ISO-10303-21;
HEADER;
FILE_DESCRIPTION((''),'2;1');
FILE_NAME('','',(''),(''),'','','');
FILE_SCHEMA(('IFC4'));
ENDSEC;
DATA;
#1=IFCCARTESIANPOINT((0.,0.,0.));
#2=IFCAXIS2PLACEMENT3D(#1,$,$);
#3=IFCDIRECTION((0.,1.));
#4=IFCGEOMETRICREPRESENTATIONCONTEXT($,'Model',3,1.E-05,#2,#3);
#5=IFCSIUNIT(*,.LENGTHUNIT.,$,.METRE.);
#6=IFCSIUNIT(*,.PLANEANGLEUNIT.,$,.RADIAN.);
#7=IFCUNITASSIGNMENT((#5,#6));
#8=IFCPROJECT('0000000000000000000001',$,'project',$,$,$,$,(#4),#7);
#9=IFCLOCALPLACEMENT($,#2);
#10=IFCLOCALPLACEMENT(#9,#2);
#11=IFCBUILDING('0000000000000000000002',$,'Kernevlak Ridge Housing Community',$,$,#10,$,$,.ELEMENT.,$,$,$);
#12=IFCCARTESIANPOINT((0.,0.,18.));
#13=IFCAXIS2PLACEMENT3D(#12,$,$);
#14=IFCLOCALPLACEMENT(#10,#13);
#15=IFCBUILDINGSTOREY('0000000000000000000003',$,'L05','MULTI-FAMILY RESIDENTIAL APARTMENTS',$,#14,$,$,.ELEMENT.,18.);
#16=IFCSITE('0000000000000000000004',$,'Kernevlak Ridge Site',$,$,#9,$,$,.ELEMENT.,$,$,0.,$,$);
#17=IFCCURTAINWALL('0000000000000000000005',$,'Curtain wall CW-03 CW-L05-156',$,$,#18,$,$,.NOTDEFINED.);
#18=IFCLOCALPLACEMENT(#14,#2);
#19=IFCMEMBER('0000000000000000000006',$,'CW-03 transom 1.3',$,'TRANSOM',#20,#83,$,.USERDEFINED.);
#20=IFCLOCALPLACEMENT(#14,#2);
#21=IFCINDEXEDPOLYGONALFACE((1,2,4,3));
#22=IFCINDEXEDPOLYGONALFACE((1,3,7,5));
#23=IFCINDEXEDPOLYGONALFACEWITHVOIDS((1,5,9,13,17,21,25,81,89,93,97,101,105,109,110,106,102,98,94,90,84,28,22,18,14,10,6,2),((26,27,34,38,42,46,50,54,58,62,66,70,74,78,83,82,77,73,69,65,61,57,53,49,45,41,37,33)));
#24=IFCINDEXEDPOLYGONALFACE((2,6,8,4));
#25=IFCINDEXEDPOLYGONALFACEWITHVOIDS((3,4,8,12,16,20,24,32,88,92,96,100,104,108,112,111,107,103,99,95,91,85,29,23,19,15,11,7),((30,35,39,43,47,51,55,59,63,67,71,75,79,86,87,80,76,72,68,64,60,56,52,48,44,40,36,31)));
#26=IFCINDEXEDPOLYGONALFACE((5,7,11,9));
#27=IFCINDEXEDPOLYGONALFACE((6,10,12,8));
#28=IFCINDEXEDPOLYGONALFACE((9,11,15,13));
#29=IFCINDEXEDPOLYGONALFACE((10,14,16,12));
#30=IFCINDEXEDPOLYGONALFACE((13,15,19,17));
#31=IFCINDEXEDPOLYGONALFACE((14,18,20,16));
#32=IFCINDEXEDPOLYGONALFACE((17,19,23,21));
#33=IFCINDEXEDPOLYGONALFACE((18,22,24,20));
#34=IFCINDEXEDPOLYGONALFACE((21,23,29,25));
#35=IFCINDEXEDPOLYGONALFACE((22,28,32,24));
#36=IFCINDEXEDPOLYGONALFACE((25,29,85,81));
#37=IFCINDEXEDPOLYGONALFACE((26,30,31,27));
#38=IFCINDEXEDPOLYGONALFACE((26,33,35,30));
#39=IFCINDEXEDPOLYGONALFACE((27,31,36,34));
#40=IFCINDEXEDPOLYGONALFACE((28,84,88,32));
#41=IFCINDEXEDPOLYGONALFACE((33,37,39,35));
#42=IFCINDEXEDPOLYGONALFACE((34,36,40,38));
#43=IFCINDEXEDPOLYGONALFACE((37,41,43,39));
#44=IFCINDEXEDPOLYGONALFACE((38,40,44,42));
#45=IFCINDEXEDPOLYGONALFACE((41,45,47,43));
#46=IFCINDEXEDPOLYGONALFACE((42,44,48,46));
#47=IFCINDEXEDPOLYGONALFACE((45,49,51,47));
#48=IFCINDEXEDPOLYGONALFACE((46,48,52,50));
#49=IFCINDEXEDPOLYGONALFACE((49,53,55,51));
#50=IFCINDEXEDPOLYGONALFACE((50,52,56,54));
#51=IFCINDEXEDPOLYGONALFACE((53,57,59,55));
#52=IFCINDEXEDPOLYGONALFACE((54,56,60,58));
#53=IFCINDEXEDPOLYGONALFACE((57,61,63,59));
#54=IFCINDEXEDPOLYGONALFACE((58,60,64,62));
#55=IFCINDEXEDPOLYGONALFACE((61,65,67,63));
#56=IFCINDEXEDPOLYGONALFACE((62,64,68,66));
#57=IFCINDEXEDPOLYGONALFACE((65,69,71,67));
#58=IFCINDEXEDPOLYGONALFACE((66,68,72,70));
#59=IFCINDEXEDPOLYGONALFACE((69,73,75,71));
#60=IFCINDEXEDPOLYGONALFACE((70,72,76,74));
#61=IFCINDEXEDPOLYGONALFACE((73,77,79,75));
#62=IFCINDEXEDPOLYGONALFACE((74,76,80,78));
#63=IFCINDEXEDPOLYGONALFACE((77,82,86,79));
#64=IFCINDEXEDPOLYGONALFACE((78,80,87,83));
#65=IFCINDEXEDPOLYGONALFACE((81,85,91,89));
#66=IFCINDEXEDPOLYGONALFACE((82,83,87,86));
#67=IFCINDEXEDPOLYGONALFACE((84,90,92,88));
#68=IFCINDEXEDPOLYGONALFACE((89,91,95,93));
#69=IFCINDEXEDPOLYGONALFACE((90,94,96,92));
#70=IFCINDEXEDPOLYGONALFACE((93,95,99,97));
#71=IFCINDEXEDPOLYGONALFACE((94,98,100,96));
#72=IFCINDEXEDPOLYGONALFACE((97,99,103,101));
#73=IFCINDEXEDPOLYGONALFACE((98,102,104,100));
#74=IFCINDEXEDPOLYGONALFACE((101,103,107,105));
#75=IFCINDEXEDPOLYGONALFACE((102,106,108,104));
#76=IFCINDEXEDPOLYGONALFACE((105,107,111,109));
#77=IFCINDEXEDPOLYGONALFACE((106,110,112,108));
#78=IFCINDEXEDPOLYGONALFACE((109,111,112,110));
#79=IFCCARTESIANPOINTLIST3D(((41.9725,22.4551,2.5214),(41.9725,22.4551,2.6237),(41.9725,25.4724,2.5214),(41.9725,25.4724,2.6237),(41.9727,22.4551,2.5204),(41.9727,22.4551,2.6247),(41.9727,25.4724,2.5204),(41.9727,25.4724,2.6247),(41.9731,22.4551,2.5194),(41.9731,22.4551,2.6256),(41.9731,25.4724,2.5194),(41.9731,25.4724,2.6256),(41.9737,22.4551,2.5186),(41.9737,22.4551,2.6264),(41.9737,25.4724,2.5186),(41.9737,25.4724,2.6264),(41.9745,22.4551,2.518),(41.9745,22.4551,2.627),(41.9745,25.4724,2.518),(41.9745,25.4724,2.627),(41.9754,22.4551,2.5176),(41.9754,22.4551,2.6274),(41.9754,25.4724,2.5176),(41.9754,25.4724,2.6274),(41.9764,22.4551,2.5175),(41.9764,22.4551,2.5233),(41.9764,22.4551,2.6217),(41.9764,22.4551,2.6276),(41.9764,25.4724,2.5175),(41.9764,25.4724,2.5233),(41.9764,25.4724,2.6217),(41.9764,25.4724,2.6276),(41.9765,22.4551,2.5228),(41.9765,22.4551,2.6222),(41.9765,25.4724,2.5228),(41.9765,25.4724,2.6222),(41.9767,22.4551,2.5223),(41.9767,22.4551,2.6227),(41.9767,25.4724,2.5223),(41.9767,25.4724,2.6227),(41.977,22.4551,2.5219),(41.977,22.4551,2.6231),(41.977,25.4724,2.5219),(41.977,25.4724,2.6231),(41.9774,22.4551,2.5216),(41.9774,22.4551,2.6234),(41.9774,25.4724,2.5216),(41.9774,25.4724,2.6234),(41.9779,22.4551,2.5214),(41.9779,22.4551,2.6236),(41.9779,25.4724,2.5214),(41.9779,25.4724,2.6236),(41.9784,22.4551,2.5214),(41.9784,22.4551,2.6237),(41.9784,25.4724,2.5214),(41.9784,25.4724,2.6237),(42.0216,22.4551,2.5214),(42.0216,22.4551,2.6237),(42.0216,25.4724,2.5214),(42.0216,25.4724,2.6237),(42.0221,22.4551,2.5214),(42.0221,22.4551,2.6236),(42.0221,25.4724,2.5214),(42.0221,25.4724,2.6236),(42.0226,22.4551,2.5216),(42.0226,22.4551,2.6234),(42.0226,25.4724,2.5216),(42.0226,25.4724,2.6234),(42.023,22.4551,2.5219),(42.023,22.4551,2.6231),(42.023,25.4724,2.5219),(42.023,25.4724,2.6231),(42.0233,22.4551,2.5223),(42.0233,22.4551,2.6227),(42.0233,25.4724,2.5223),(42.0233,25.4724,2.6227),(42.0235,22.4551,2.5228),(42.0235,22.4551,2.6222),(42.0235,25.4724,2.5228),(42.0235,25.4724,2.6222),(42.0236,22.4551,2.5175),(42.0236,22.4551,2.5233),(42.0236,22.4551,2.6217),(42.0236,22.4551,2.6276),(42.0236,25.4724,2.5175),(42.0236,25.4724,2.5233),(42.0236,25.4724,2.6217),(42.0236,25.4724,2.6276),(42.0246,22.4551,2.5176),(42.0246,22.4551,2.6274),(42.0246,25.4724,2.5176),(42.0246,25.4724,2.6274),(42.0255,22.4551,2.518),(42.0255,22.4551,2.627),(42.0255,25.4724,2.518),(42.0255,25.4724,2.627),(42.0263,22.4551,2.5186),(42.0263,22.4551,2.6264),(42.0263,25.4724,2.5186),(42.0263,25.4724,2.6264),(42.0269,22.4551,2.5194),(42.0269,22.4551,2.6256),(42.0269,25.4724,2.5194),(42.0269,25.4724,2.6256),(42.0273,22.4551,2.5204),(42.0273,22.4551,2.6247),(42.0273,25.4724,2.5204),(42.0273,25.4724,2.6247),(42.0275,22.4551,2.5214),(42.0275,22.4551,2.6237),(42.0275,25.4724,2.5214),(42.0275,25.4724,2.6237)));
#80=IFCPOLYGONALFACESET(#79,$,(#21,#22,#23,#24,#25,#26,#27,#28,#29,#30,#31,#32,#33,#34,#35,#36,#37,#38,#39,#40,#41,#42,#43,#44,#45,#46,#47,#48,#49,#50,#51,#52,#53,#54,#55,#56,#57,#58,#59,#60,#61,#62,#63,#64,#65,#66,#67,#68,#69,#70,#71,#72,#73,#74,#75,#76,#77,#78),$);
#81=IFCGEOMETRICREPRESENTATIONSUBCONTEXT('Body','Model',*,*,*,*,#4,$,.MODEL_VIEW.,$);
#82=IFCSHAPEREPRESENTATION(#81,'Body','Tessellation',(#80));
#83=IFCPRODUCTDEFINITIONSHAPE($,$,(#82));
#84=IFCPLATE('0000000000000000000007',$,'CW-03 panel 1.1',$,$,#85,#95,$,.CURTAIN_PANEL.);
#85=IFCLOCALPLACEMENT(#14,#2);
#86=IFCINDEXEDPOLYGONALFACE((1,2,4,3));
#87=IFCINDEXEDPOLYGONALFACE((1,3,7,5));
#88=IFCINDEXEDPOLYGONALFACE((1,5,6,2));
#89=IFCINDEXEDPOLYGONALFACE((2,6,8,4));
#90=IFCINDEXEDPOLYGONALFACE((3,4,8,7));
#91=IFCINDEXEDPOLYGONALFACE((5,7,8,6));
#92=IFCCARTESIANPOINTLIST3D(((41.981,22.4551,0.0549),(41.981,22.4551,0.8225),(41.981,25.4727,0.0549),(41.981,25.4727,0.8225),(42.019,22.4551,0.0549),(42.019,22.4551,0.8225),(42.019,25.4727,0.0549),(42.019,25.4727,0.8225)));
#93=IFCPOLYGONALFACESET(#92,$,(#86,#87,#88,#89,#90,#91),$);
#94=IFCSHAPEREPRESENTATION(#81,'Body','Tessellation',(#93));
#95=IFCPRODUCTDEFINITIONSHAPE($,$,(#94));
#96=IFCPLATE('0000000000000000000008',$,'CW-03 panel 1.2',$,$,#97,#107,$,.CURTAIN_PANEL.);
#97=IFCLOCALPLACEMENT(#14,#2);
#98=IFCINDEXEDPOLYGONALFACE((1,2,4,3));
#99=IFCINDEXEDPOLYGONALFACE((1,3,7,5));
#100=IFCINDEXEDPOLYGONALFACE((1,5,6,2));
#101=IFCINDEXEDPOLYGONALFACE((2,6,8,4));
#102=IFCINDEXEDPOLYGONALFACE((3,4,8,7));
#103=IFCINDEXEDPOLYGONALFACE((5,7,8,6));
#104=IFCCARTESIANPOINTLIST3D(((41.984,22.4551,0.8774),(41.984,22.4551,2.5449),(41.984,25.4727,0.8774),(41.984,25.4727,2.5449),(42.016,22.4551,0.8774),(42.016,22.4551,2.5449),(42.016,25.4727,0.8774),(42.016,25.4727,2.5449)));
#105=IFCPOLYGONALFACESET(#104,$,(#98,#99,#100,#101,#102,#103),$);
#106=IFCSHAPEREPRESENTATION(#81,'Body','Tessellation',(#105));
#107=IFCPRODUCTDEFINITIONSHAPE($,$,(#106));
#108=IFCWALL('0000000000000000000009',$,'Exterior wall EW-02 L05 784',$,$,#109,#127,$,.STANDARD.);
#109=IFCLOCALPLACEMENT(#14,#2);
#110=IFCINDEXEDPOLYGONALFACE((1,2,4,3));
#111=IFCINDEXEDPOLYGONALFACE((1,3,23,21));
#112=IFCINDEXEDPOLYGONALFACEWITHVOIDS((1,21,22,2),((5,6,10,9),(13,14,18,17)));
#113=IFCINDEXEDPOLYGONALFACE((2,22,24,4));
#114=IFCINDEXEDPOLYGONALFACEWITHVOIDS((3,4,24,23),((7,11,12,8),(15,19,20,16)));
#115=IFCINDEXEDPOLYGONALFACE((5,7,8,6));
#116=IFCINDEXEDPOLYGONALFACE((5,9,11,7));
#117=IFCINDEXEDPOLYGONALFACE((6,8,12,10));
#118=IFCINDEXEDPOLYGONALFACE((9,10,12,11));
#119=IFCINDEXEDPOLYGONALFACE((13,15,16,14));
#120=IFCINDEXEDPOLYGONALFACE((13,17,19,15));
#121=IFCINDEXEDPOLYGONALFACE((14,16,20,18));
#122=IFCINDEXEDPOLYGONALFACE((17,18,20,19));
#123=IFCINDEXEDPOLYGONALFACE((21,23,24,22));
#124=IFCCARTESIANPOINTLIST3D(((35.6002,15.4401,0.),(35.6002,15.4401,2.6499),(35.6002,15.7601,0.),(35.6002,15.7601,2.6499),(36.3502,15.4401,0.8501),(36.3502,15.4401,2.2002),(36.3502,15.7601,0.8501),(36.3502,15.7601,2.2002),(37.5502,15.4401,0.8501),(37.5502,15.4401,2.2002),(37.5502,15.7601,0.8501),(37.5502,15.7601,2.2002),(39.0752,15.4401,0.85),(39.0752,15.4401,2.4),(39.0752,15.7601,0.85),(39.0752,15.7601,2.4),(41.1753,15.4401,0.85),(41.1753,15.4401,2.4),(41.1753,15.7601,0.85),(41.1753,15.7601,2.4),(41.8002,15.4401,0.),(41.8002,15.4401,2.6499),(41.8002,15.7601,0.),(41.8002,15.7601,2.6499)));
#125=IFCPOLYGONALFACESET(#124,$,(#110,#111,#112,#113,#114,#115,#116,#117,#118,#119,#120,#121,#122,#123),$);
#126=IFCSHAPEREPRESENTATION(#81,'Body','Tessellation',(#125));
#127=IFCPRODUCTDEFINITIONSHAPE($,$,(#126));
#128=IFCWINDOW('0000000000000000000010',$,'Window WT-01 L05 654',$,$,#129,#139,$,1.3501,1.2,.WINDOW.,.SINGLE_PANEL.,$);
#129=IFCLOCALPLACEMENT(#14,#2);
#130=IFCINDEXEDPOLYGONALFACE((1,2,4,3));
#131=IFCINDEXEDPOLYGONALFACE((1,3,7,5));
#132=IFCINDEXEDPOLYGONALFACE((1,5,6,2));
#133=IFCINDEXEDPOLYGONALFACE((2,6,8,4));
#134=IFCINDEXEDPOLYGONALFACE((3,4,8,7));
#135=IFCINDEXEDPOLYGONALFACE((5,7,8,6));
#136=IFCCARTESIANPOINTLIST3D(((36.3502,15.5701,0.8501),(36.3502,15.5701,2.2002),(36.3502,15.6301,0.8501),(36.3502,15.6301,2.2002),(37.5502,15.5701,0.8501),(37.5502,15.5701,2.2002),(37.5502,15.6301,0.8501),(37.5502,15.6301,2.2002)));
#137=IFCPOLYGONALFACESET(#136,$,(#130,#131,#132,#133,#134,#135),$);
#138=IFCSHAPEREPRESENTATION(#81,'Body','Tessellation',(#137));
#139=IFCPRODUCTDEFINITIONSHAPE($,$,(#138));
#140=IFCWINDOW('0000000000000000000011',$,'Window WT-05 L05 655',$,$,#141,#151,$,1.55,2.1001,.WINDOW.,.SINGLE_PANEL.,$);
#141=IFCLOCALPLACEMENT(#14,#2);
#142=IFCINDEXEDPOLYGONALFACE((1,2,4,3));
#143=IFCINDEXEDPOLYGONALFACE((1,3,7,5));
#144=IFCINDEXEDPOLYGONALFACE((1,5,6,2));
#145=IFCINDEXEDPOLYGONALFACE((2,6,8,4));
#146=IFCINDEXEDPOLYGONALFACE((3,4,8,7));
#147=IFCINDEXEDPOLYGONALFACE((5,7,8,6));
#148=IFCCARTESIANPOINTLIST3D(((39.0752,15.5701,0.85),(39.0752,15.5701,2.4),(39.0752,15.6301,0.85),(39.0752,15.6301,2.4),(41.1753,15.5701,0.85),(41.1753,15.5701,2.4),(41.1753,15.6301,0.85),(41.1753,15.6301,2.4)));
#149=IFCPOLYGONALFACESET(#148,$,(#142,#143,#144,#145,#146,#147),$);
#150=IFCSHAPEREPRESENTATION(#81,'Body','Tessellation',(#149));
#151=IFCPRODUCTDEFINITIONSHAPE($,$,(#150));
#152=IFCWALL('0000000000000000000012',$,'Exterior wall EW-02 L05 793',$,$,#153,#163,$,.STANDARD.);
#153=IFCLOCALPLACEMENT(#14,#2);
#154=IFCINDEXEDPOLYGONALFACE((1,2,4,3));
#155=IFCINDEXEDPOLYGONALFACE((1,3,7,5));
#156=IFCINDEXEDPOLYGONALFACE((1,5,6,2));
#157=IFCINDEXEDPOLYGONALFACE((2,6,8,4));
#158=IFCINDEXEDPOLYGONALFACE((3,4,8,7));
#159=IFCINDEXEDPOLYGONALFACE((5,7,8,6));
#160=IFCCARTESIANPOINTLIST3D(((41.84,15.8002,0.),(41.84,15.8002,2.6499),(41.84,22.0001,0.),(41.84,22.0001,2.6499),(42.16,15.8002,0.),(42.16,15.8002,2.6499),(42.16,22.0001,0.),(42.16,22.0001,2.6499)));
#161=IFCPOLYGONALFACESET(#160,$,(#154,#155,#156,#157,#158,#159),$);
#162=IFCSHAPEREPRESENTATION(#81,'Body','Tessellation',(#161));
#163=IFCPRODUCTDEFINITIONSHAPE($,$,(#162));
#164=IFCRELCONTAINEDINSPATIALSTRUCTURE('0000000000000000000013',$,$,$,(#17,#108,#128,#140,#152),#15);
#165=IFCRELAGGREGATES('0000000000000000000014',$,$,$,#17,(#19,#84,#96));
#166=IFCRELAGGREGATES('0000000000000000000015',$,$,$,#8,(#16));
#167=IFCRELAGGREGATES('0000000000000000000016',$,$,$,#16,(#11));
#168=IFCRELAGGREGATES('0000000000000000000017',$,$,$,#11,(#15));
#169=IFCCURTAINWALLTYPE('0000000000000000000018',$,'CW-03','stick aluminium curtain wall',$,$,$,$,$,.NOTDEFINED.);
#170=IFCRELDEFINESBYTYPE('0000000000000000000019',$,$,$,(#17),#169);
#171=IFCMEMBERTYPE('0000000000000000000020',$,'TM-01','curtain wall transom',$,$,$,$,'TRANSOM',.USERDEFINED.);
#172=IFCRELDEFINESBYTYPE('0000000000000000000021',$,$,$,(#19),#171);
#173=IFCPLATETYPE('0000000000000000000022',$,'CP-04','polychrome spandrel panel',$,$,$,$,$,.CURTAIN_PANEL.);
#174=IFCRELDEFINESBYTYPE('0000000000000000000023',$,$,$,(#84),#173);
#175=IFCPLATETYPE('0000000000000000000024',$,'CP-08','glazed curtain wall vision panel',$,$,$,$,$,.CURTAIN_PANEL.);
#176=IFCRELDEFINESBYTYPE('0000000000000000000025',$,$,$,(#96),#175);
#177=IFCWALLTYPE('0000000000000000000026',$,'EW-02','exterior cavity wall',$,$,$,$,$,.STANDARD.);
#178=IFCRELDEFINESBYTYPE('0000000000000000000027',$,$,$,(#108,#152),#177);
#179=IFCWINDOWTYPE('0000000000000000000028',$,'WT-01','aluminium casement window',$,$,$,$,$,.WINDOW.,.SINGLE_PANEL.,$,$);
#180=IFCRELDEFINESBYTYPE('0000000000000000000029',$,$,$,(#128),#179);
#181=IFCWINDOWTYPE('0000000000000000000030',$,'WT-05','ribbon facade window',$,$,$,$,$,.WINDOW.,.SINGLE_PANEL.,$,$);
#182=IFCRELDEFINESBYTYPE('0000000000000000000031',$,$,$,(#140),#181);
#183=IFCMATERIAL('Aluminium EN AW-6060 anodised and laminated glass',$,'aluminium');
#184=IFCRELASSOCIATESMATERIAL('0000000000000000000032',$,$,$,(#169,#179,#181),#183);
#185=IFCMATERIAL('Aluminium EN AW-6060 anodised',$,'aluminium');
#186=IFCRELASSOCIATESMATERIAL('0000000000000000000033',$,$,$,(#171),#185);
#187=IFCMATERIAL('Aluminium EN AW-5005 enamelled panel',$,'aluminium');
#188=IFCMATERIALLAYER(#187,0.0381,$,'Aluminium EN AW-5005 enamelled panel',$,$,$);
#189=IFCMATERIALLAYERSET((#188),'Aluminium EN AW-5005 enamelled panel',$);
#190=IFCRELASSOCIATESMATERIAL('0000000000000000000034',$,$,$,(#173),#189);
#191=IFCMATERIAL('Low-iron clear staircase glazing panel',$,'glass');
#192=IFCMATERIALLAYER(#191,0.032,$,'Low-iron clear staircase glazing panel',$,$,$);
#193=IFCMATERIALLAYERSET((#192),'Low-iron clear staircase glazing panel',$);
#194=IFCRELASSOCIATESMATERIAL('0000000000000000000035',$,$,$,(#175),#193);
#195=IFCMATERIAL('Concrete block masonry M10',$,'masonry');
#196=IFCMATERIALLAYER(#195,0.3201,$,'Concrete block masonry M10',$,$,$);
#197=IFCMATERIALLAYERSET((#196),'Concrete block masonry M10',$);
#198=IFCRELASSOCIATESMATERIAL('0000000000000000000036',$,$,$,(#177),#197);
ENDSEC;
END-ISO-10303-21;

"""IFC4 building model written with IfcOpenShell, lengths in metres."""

from ifc_helpers import new_model, si_unit, direction, frame, frame_2d, origin, origin_2d, place, context, subcontext, project, spatial, rectangle, hollow_rectangle, extrude, material, layer, layer_set, material_profile, profile_set, type_object, element, fill, aggregate, save


model = new_model("IFC4")

# Units and contexts
model_context = context("Model", 3, precision=1e-05, world=origin(), true_north=direction((0.0, 1.0)))
body_context = subcontext(model_context, "Body", "Model", "MODEL_VIEW")
ifc_project = project(units=[si_unit("LENGTHUNIT", "METRE"), si_unit("PLANEANGLEUNIT", "RADIAN")], contexts=[model_context])

# Site, building, storey
site_placement = place(None, origin())
site = spatial("IfcSite", under=ifc_project, at=site_placement, Name="Kernevlak Ridge Site", CompositionType="ELEMENT", RefElevation=0.0)
building_placement = place(site_placement, origin())
building = spatial("IfcBuilding", under=site, at=building_placement, Name="Kernevlak Ridge Housing Community", CompositionType="ELEMENT")
storey_placement = place(building_placement, frame((0.0, 0.0, 18.0)))
storey = spatial("IfcBuildingStorey", under=building, at=storey_placement, Name="L05", Description="MULTI-FAMILY RESIDENTIAL APARTMENTS", CompositionType="ELEMENT", Elevation=18.0)

# Curtain wall
ifc_material_1 = material(Name="Aluminium EN AW-6060 anodised and laminated glass", Category="aluminium")
curtain_wall_type = type_object("IfcCurtainWallType", Name="CW-03", Description="stick aluminium curtain wall", PredefinedType="NOTDEFINED", material=ifc_material_1)
curtain_wall_placement = place(storey_placement, origin())
curtain_wall = element("IfcCurtainWall", 1, at=curtain_wall_placement, inside=storey, type_object=curtain_wall_type, Name="Curtain wall CW-03 CW-L05-156", PredefinedType="NOTDEFINED")
ifc_material_2 = material(Name="Aluminium EN AW-6060 anodised", Category="aluminium")

# Member
ifc_material_profile_1 = material_profile(ifc_material_2, hollow_rectangle(XDim=0.0549, YDim=0.1101, WallThickness=0.0039, InnerFilletRadius=0.002, OuterFilletRadius=0.0039, at=origin_2d()), Name="ALU 55x110x4")
ifc_profile_set_1 = profile_set([ifc_material_profile_1], Name="Aluminium EN AW-6060 anodised")
member_type_1 = type_object("IfcMemberType", Name="TM-01", Description="curtain wall transom", ElementType="TRANSOM", PredefinedType="USERDEFINED", material=ifc_profile_set_1)
member_1_placement = place(storey_placement, frame((42.0, 22.4551, 2.5725), z_axis=(0.0, 1.0, 0.0), x_axis=(-1.0, 0.0, 0.0)))
member_1 = element("IfcMember", 2, at=member_1_placement, type_object=member_type_1, Name="CW-03 transom 1.3", ObjectType="TRANSOM", PredefinedType="USERDEFINED", context=body_context, shape_type="SweptSolid", body=[
    extrude(hollow_rectangle(XDim=0.0549, YDim=0.1101, WallThickness=0.0039, InnerFilletRadius=0.002, OuterFilletRadius=0.0039, at=origin_2d()), origin(), (0.0, 0.0, 1.0), 3.0173),
])

# Plates
ifc_material_3 = material(Name="Aluminium EN AW-5005 enamelled panel", Category="aluminium")
ifc_layer_1 = layer(ifc_material_3, 0.0381, Name="Aluminium EN AW-5005 enamelled panel")
ifc_layer_set_1 = layer_set([ifc_layer_1], Name="Aluminium EN AW-5005 enamelled panel")
plate_type_1 = type_object("IfcPlateType", Name="CP-04", Description="polychrome spandrel panel", PredefinedType="CURTAIN_PANEL", material=ifc_layer_set_1)
plate_1_placement = place(storey_placement, frame((42.0, 23.9639, 0.0549), z_axis=(0.0, 0.0, 1.0), x_axis=(0.0, 1.0, 0.0)))
plate_1 = element("IfcPlate", 3, at=plate_1_placement, type_object=plate_type_1, Name="CW-03 panel 1.1", PredefinedType="CURTAIN_PANEL", context=body_context, shape_type="SweptSolid", body=[
    extrude(rectangle(XDim=3.0176, YDim=0.0381, at=origin_2d()), origin(), (0.0, 0.0, 1.0), 0.7676),
])
ifc_material_4 = material(Name="Low-iron clear staircase glazing panel", Category="glass")
ifc_layer_2 = layer(ifc_material_4, 0.032, Name="Low-iron clear staircase glazing panel")
ifc_layer_set_2 = layer_set([ifc_layer_2], Name="Low-iron clear staircase glazing panel")
plate_type_2 = type_object("IfcPlateType", Name="CP-08", Description="glazed curtain wall vision panel", PredefinedType="CURTAIN_PANEL", material=ifc_layer_set_2)
plate_2_placement = place(storey_placement, frame((42.0, 23.9639, 0.8774), z_axis=(0.0, 0.0, 1.0), x_axis=(0.0, 1.0, 0.0)))
plate_2 = element("IfcPlate", 4, at=plate_2_placement, type_object=plate_type_2, Name="CW-03 panel 1.2", PredefinedType="CURTAIN_PANEL", context=body_context, shape_type="SweptSolid", body=[
    extrude(rectangle(XDim=3.0176, YDim=0.032, at=origin_2d()), origin(), (0.0, 0.0, 1.0), 1.6675),
])
aggregate(curtain_wall, [member_1, plate_1, plate_2])

# Wall, openings, windows
ifc_material_5 = material(Name="Concrete block masonry M10", Category="masonry")
ifc_layer_3 = layer(ifc_material_5, 0.3201, Name="Concrete block masonry M10")
ifc_layer_set_3 = layer_set([ifc_layer_3], Name="Concrete block masonry M10")
wall_type_1 = type_object("IfcWallType", Name="EW-02", Description="exterior cavity wall", PredefinedType="STANDARD", material=ifc_layer_set_3)
wall_1_placement = place(storey_placement, frame((35.6001, 15.6001, 0.0), z_axis=(0.0, 0.0, 1.0), x_axis=(1.0, 0.0, 0.0)))
wall_1 = element("IfcWall", 5, at=wall_1_placement, inside=storey, type_object=wall_type_1, Name="Exterior wall EW-02 L05 784", PredefinedType="STANDARD", context=body_context, shape_type="SweptSolid", body=[
    extrude(rectangle(XDim=6.2, YDim=0.3201, at=frame_2d((3.1001, 0.0))), origin(), (0.0, 0.0, 1.0), 2.6499),
])
opening_1_placement = place(wall_1_placement, frame((0.75, 0.0, 0.8501)))
opening_1 = element("IfcOpeningElement", 6, at=opening_1_placement, cuts=wall_1, PredefinedType="OPENING", context=body_context, shape_type="SweptSolid", body=[
    extrude(rectangle(XDim=1.2, YDim=1.3501, at=frame_2d((0.6001, 0.675))), frame((0.0, 0.1699, 0.0), z_axis=(0.0, -1.0, 0.0), x_axis=(1.0, 0.0, 0.0)), (0.0, 0.0, 1.0), 0.3401),
])
opening_2_placement = place(wall_1_placement, frame((3.4751, 0.0, 0.8501)))
opening_2 = element("IfcOpeningElement", 7, at=opening_2_placement, cuts=wall_1, PredefinedType="OPENING", context=body_context, shape_type="SweptSolid", body=[
    extrude(rectangle(XDim=2.1001, YDim=1.55, at=frame_2d((1.05, 0.7749))), frame((0.0, 0.1699, 0.0), z_axis=(0.0, -1.0, 0.0), x_axis=(1.0, 0.0, 0.0)), (0.0, 0.0, 1.0), 0.3401),
])
window_type_1 = type_object("IfcWindowType", Name="WT-01", Description="aluminium casement window", PartitioningType="SINGLE_PANEL", PredefinedType="WINDOW", material=ifc_material_1)
window_1_placement = place(opening_1_placement, origin())
window_1 = element("IfcWindow", 8, at=window_1_placement, inside=storey, type_object=window_type_1, Name="Window WT-01 L05 654", OverallHeight=1.3501, OverallWidth=1.2, PartitioningType="SINGLE_PANEL", PredefinedType="WINDOW", context=body_context, shape_type="SweptSolid", body=[
    extrude(rectangle(XDim=1.2, YDim=1.3501, at=frame_2d((0.6001, 0.675))), frame((0.0, 0.03, 0.0), z_axis=(0.0, -1.0, 0.0), x_axis=(1.0, 0.0, 0.0)), (0.0, 0.0, 1.0), 0.0601),
])
fill(opening_1, window_1)
window_type_2 = type_object("IfcWindowType", Name="WT-05", Description="ribbon facade window", PartitioningType="SINGLE_PANEL", PredefinedType="WINDOW", material=ifc_material_1)
window_2_placement = place(opening_2_placement, origin())
window_2 = element("IfcWindow", 9, at=window_2_placement, inside=storey, type_object=window_type_2, Name="Window WT-05 L05 655", OverallHeight=1.55, OverallWidth=2.1001, PartitioningType="SINGLE_PANEL", PredefinedType="WINDOW", context=body_context, shape_type="SweptSolid", body=[
    extrude(rectangle(XDim=2.1001, YDim=1.55, at=frame_2d((1.05, 0.7749))), frame((0.0, 0.03, 0.0), z_axis=(0.0, -1.0, 0.0), x_axis=(1.0, 0.0, 0.0)), (0.0, 0.0, 1.0), 0.0601),
])
fill(opening_2, window_2)

# Wall
wall_2_placement = place(storey_placement, frame((42.0, 15.8, 0.0), z_axis=(0.0, 0.0, 1.0), x_axis=(0.0, 1.0, 0.0)))
element("IfcWall", 10, at=wall_2_placement, inside=storey, type_object=wall_type_1, Name="Exterior wall EW-02 L05 793", PredefinedType="STANDARD", context=body_context, shape_type="SweptSolid", body=[
    extrude(rectangle(XDim=6.2, YDim=0.3201, at=frame_2d((3.1001, 0.0))), origin(), (0.0, 0.0, 1.0), 2.6499),
])

save(model, "model.ifc")
